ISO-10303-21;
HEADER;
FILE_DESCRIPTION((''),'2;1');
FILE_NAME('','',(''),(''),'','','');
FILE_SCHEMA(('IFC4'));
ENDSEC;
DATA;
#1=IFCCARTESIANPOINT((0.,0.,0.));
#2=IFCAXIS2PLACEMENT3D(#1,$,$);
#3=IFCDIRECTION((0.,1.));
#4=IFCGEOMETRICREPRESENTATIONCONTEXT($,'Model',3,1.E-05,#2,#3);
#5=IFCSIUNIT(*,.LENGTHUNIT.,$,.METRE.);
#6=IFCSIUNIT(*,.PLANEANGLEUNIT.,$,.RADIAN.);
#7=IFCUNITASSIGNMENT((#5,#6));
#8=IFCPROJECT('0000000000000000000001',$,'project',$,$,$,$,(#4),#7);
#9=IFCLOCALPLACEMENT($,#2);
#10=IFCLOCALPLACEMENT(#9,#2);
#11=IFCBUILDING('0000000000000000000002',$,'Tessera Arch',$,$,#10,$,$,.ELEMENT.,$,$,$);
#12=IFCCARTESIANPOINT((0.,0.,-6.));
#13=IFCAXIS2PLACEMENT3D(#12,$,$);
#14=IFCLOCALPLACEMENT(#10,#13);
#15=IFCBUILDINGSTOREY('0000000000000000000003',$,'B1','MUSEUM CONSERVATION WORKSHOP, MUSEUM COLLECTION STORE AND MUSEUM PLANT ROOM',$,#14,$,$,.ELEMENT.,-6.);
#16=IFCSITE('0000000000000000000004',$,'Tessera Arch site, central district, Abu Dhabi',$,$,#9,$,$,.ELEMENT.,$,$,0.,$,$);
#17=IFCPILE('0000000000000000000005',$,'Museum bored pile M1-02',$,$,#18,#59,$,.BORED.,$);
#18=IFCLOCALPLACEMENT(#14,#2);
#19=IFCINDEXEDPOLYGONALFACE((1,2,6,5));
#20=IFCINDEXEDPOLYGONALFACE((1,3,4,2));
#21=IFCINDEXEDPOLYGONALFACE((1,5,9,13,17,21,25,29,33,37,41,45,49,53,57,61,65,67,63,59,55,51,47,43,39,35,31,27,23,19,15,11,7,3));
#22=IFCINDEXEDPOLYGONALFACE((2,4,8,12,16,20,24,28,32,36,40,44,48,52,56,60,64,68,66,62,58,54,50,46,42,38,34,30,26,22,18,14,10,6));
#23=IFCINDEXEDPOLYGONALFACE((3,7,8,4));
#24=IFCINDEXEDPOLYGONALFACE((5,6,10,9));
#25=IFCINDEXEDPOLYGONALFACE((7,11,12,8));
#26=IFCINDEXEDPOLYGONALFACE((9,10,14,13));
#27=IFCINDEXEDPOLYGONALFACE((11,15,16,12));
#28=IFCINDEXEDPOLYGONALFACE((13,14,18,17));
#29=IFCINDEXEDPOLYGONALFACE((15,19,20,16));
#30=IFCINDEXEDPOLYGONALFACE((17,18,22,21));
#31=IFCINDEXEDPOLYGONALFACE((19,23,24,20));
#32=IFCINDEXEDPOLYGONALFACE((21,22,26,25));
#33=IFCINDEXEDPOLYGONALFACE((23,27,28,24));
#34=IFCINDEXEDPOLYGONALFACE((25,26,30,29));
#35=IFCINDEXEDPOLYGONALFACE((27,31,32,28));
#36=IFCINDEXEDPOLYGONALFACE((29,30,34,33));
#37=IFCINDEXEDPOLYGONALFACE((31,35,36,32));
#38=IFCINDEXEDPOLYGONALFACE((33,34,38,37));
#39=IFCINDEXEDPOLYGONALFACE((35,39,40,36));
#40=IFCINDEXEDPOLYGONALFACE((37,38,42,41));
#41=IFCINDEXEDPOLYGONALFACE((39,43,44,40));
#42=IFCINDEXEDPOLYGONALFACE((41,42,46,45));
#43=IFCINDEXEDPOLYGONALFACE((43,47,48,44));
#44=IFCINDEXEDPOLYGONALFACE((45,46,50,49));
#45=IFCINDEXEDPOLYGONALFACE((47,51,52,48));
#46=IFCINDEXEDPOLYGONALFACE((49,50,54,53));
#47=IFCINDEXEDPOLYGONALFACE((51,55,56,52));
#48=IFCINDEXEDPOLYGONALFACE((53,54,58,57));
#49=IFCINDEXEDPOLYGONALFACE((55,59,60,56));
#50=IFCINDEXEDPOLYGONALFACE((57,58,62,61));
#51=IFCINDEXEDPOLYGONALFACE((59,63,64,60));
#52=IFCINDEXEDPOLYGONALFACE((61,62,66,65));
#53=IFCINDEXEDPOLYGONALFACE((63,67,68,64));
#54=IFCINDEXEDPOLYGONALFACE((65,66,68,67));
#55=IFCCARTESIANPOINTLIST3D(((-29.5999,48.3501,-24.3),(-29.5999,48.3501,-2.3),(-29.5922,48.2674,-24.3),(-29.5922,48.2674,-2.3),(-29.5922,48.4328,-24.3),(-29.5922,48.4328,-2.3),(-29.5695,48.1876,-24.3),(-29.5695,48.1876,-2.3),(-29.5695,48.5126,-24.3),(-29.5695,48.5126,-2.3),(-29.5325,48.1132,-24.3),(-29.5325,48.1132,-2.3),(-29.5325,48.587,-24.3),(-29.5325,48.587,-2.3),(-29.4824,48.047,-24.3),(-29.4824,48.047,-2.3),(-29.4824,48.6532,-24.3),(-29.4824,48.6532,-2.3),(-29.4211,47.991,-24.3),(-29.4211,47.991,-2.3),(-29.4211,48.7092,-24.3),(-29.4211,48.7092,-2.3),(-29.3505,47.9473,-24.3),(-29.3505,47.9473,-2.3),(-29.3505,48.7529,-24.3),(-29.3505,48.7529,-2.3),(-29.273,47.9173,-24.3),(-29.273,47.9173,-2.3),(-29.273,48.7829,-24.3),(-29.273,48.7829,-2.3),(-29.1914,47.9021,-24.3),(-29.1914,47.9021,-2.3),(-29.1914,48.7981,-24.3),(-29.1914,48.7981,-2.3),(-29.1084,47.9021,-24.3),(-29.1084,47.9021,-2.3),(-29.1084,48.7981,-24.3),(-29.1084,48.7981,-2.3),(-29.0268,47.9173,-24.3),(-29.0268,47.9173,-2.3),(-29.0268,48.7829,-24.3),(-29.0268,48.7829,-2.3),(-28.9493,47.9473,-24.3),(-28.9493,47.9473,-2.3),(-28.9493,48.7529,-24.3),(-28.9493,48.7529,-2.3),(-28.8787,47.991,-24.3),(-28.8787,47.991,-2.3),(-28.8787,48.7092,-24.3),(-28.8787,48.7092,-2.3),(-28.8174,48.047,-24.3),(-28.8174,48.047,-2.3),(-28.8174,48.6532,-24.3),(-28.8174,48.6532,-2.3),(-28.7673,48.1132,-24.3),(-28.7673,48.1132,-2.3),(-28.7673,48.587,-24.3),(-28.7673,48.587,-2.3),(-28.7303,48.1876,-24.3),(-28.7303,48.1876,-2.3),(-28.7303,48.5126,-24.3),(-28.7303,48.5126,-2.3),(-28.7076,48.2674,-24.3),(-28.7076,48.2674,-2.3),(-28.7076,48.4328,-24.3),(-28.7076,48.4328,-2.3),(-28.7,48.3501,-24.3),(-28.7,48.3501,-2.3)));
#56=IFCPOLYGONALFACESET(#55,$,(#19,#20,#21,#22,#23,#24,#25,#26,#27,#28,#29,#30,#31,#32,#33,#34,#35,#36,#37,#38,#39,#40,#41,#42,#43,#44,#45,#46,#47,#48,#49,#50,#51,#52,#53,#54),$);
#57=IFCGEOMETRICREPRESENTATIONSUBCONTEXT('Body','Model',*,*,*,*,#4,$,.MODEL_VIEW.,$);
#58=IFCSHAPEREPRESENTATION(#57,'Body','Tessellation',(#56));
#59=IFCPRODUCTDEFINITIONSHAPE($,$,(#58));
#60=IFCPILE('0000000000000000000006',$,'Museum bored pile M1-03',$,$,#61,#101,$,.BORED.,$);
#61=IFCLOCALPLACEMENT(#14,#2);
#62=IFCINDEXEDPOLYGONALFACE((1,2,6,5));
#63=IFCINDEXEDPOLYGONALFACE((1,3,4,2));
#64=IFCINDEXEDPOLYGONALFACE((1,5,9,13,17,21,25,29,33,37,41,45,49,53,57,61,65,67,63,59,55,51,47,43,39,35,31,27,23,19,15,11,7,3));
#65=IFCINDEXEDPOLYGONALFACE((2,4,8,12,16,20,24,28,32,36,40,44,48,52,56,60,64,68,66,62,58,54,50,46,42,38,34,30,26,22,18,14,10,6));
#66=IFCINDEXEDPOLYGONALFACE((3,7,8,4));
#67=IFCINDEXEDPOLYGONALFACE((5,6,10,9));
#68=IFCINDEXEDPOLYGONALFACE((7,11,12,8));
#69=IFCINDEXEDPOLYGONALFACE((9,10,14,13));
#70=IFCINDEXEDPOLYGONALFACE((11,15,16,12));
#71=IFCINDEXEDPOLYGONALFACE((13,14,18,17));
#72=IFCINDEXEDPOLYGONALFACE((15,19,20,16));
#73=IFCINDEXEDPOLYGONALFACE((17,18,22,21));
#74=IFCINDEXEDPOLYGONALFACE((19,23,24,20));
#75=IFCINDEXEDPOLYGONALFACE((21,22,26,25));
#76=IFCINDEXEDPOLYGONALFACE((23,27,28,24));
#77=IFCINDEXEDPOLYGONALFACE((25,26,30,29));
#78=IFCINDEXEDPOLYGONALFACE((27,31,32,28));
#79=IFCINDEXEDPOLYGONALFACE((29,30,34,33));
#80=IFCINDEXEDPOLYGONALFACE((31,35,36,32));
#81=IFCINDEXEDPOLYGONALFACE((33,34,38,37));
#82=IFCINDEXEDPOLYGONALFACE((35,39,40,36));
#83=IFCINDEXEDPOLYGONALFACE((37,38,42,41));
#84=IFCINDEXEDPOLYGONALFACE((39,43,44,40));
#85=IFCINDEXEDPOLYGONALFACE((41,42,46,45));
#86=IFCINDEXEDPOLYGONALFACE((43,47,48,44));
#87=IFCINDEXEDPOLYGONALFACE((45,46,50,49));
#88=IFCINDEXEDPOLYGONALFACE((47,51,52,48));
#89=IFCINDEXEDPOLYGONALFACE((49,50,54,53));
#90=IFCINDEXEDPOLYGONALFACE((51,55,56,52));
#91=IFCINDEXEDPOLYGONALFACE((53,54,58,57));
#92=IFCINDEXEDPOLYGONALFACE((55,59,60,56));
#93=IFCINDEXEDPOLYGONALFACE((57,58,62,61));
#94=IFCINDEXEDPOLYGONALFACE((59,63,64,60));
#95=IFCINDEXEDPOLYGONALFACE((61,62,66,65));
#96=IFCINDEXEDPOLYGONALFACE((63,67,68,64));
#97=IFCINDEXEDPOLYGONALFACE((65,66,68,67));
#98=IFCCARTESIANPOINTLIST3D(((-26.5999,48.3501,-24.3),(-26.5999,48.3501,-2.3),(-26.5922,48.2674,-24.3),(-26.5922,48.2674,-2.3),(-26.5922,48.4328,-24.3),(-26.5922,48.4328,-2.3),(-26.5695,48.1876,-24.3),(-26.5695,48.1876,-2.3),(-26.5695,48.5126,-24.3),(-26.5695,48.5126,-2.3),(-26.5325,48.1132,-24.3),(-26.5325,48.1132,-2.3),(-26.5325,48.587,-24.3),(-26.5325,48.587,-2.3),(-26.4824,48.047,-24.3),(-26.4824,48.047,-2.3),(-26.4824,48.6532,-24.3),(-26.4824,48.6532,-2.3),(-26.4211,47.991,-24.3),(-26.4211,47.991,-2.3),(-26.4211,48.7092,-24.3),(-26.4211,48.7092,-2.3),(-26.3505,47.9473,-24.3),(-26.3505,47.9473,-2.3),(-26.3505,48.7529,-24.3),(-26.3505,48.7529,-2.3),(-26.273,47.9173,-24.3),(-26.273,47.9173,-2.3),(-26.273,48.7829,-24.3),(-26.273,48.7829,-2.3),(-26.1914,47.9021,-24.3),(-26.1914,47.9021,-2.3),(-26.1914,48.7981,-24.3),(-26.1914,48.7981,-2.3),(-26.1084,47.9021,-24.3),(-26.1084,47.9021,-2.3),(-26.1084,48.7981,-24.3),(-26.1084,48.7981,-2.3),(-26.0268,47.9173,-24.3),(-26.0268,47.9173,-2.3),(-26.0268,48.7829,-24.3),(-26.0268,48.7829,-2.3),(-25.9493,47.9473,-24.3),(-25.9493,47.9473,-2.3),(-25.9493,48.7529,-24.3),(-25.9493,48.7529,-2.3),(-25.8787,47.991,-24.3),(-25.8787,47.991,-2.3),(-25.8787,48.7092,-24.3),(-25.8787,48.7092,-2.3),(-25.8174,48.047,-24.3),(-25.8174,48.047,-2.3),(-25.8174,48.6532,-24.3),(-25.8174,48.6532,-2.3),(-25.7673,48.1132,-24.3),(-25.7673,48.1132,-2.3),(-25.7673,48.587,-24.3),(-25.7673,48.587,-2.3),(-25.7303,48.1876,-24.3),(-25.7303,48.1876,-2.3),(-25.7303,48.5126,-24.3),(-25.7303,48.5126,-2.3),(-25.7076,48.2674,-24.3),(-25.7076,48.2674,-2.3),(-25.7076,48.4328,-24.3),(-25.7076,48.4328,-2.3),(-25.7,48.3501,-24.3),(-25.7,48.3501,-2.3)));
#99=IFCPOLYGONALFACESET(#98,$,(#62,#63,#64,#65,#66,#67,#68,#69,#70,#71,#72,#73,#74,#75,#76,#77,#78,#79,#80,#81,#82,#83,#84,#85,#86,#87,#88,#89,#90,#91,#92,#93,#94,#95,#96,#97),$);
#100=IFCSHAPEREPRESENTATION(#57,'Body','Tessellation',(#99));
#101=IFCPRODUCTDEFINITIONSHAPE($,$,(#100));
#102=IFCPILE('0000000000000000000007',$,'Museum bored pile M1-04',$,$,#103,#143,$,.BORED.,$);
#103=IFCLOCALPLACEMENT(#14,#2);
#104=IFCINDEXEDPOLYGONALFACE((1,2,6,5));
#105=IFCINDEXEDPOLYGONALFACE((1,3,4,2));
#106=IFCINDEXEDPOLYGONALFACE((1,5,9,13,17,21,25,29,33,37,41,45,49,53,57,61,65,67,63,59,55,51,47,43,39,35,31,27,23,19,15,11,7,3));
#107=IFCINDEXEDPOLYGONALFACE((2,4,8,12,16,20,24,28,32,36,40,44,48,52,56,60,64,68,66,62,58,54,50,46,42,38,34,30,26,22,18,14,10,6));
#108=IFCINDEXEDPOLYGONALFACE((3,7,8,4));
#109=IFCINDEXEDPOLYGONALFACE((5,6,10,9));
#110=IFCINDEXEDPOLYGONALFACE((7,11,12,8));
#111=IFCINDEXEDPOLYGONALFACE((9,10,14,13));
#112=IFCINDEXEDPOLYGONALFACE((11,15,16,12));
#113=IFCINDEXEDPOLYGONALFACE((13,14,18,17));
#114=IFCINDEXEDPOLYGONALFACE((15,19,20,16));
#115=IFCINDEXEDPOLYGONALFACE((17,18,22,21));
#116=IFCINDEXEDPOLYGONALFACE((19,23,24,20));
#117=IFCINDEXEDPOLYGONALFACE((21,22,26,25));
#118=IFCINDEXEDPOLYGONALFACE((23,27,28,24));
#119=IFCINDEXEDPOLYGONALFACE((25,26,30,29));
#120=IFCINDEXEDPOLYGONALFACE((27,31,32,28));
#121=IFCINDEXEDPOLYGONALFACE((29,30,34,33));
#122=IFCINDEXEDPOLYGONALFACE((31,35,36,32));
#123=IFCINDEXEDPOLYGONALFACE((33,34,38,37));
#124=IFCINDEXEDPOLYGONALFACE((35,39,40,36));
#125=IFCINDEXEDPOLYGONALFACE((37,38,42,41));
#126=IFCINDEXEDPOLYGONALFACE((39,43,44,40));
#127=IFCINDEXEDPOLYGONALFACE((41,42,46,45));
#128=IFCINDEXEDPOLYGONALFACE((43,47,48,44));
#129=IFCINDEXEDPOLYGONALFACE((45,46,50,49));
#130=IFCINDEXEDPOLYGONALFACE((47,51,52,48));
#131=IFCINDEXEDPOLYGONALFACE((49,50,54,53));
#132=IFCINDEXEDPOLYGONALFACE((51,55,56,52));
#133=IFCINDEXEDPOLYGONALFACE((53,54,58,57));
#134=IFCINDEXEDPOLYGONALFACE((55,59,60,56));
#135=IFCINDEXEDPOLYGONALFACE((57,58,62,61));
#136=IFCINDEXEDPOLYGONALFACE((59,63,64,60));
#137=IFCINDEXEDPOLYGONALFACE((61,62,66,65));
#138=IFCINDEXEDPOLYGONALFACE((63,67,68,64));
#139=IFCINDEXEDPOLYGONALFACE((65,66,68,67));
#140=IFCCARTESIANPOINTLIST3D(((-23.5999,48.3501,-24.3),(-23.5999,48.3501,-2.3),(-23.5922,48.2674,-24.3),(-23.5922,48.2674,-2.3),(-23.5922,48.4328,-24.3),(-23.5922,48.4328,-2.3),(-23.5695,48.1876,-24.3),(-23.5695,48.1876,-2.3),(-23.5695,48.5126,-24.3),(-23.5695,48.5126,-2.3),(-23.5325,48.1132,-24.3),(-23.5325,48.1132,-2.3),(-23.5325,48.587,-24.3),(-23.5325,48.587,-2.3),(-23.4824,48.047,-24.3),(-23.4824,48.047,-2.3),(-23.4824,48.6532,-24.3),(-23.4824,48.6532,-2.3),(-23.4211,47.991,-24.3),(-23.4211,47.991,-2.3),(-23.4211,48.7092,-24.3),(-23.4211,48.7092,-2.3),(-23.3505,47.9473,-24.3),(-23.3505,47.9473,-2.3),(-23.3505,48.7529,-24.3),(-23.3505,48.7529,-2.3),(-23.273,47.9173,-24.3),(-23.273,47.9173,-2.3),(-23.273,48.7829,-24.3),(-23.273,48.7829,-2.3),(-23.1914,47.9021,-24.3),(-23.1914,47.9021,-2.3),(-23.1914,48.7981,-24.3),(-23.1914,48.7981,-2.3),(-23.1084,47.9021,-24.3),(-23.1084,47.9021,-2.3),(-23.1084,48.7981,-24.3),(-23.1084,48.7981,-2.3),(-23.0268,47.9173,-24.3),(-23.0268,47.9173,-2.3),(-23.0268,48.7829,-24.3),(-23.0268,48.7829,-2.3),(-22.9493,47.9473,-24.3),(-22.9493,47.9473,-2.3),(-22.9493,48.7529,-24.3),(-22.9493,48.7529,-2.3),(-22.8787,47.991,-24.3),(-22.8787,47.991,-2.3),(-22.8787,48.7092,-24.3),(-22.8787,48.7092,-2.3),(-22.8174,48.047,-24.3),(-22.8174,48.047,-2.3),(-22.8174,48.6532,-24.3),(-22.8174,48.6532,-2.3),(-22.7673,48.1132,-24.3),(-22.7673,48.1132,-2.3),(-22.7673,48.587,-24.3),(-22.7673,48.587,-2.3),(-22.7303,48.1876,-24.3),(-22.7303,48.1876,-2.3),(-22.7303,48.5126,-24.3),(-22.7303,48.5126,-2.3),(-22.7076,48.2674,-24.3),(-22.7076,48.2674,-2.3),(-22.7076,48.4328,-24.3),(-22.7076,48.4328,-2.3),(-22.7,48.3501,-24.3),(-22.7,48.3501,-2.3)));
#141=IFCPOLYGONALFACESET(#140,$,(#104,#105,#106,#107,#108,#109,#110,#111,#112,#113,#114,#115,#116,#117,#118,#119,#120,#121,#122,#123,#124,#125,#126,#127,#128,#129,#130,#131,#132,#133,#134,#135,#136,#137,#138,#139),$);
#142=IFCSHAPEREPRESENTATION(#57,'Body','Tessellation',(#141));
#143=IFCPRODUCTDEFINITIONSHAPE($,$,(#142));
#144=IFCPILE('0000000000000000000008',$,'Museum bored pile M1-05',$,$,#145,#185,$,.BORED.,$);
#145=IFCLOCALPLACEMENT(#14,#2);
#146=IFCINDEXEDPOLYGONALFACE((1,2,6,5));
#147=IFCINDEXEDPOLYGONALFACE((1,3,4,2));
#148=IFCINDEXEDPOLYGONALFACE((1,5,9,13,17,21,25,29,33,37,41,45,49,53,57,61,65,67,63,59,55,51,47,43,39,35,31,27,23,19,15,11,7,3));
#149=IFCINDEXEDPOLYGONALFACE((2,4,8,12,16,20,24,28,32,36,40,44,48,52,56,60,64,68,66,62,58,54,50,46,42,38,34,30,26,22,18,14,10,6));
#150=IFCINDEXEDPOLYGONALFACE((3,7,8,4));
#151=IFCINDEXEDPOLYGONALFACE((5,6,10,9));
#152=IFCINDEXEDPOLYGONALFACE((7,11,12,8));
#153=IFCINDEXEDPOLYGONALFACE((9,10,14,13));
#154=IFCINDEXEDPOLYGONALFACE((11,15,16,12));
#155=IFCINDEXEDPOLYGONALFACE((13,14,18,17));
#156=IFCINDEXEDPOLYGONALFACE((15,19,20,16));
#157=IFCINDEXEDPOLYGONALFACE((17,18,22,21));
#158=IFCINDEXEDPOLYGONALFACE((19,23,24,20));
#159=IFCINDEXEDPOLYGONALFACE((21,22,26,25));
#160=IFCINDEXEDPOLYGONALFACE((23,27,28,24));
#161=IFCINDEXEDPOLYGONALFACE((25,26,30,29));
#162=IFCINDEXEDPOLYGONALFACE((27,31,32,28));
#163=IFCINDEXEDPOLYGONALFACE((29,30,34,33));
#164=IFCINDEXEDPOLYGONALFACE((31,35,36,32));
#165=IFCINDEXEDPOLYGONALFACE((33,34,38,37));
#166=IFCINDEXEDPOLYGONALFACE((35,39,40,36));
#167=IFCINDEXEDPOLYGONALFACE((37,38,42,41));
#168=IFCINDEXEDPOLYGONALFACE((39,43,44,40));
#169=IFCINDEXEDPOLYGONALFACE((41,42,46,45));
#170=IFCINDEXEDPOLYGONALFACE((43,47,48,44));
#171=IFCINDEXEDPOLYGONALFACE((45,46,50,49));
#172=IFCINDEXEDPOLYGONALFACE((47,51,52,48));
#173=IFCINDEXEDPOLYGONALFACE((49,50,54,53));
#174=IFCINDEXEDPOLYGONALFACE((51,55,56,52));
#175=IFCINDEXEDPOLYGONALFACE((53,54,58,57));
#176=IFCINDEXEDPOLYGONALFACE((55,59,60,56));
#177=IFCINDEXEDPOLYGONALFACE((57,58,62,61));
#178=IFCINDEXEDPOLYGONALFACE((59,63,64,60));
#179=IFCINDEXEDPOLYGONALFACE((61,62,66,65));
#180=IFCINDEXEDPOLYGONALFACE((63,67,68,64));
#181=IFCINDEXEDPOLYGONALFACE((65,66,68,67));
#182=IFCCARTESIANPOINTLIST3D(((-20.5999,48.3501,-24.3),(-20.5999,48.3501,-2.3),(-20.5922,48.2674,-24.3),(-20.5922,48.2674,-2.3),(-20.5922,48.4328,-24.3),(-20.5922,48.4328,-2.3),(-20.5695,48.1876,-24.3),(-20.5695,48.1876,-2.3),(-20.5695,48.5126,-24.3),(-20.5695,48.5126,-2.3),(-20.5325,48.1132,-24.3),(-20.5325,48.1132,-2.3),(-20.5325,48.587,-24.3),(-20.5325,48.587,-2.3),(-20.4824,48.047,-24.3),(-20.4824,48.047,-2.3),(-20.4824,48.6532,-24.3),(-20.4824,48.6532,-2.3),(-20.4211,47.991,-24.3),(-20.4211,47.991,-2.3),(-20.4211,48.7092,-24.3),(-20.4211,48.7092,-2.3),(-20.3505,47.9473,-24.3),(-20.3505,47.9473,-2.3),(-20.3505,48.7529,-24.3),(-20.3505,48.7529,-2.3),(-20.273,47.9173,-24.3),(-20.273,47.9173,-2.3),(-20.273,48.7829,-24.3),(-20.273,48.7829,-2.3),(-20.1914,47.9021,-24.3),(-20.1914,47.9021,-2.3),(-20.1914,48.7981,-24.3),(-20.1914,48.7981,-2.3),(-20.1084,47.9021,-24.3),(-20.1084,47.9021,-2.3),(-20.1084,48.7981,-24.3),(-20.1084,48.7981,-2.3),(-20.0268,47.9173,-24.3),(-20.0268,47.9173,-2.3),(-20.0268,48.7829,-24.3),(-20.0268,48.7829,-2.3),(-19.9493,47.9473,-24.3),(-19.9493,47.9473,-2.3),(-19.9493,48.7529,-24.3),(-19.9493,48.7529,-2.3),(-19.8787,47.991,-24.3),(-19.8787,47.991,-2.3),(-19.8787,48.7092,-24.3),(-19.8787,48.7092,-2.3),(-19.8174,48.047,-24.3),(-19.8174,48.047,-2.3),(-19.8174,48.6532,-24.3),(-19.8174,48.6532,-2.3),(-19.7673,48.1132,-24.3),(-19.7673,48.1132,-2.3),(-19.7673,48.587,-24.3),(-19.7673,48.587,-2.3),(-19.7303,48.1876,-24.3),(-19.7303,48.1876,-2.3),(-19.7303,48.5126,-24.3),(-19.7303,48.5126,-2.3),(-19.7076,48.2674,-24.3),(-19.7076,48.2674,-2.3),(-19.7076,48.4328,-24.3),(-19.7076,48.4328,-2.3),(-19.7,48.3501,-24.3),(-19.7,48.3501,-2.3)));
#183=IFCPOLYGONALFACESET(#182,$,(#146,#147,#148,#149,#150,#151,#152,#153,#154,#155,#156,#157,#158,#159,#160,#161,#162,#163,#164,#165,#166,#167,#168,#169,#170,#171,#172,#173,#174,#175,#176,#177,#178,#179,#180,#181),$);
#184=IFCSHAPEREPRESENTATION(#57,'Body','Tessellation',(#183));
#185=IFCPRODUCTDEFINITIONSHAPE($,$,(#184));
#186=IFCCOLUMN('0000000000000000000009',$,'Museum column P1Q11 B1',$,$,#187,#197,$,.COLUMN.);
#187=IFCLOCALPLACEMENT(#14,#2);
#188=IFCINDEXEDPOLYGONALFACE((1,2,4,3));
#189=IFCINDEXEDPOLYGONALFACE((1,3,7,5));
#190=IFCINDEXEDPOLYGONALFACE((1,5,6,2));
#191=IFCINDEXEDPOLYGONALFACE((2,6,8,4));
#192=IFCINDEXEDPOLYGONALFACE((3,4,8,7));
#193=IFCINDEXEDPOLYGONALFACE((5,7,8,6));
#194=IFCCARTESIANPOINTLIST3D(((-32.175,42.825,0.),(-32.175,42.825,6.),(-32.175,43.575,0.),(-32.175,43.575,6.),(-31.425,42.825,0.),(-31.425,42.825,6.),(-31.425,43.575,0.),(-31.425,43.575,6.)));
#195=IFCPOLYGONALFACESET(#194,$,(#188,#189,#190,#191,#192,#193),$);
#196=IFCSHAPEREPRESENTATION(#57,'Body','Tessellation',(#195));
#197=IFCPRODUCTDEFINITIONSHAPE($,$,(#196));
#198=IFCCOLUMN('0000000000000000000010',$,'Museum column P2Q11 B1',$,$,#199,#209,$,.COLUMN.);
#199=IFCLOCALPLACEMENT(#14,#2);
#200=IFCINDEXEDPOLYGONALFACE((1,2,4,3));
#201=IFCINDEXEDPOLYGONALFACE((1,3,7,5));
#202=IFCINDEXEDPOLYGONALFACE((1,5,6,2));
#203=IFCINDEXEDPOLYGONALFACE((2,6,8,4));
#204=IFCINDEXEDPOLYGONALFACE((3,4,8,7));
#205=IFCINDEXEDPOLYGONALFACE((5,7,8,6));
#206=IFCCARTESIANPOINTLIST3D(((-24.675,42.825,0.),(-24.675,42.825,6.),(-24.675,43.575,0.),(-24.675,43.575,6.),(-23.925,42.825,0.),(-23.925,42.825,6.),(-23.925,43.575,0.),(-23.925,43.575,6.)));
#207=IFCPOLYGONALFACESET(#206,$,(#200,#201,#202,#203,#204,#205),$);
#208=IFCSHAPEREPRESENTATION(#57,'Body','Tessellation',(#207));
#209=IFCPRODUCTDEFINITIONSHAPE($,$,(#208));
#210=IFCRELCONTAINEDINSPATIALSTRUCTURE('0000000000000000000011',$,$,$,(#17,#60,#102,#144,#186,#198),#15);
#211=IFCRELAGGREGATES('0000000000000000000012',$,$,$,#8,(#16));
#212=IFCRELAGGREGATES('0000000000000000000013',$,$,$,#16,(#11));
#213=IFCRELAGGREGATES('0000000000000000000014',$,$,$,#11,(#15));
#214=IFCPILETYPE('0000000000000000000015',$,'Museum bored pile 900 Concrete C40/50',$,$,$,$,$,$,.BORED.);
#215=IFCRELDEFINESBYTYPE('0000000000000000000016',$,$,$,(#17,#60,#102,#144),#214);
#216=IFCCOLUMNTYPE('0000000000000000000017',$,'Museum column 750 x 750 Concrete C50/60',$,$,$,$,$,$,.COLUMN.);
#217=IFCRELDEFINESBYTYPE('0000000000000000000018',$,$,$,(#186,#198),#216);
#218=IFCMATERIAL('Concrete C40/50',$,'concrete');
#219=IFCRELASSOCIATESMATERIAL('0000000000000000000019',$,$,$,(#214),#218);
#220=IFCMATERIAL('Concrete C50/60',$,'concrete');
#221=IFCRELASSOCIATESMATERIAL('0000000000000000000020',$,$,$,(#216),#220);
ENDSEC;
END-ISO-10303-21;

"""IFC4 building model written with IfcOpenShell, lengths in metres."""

from ifc_helpers import new_model, si_unit, direction, frame, origin, origin_2d, place, context, subcontext, project, spatial, rectangle, circle, extrude, material, material_profile, profile_set, type_object, element, save


model = new_model("IFC4")

# Units and contexts
model_context = context("Model", 3, precision=1e-05, world=origin(), true_north=direction((0.0, 1.0)))
body_context = subcontext(model_context, "Body", "Model", "MODEL_VIEW")
ifc_project = project(units=[si_unit("LENGTHUNIT", "METRE"), si_unit("PLANEANGLEUNIT", "RADIAN")], contexts=[model_context])

# Site, building, storey
site_placement = place(None, origin())
site = spatial("IfcSite", under=ifc_project, at=site_placement, Name="Tessera Arch site, central district, Abu Dhabi", CompositionType="ELEMENT", RefElevation=0.0)
building_placement = place(site_placement, origin())
building = spatial("IfcBuilding", under=site, at=building_placement, Name="Tessera Arch", CompositionType="ELEMENT")
storey_placement = place(building_placement, frame((0.0, 0.0, -6.0)))
storey = spatial("IfcBuildingStorey", under=building, at=storey_placement, Name="B1", Description="MUSEUM CONSERVATION WORKSHOP, MUSEUM COLLECTION STORE AND MUSEUM PLANT ROOM", CompositionType="ELEMENT", Elevation=-6.0)

# Piles
ifc_material_1 = material(Name="Concrete C40/50", Category="concrete")
pile_type = type_object("IfcPileType", Name="Museum bored pile 900 Concrete C40/50", PredefinedType="BORED", material=ifc_material_1)
for number, where, z_axis, x_axis, name in (
    (1, (-29.1499, 48.3501, -2.3), (0.0, 0.0, -1.0), (1.0, 0.0, 0.0), "Museum bored pile M1-02"),
    (2, (-26.1499, 48.3501, -2.3), (0.0, 0.0, -1.0), (1.0, 0.0, 0.0), "Museum bored pile M1-03"),
    (3, (-23.1499, 48.3501, -2.3), (0.0, 0.0, -1.0), (1.0, 0.0, 0.0), "Museum bored pile M1-04"),
    (4, (-20.1499, 48.3501, -2.3), (0.0, 0.0, -1.0), (1.0, 0.0, 0.0), "Museum bored pile M1-05"),
):
    element("IfcPile", number, at=place(storey_placement, frame(where, z_axis=z_axis, x_axis=x_axis)), inside=storey, type_object=pile_type, Name=name, PredefinedType="BORED", context=body_context, shape_type="SweptSolid", body=[
        extrude(circle(Radius=0.45, at=origin_2d()), origin(), (0.0, 0.0, 1.0), 22.0),
    ])

# Columns
ifc_material_2 = material(Name="Concrete C50/60", Category="concrete")
ifc_material_profile_1 = material_profile(ifc_material_2, rectangle(XDim=0.75, YDim=0.75, at=origin_2d()), Name="Museum column 750 x 750 Concrete C50/60")
ifc_profile_set_1 = profile_set([ifc_material_profile_1], Name="Concrete C50/60")
column_type = type_object("IfcColumnType", Name="Museum column 750 x 750 Concrete C50/60", PredefinedType="COLUMN", material=ifc_profile_set_1)
for number, where, z_axis, x_axis, name in (
    (5, (-31.8, 43.2, 0.0), (0.0, 0.0, 1.0), (1.0, 0.0, 0.0), "Museum column P1Q11 B1"),
    (6, (-24.3, 43.2, 0.0), (0.0, 0.0, 1.0), (1.0, 0.0, 0.0), "Museum column P2Q11 B1"),
):
    element("IfcColumn", number, at=place(storey_placement, frame(where, z_axis=z_axis, x_axis=x_axis)), inside=storey, type_object=column_type, Name=name, PredefinedType="COLUMN", context=body_context, shape_type="SweptSolid", body=[
        extrude(rectangle(XDim=0.75, YDim=0.75, at=origin_2d()), origin(), (0.0, 0.0, 1.0), 6.0),
    ])

save(model, "model.ifc")
